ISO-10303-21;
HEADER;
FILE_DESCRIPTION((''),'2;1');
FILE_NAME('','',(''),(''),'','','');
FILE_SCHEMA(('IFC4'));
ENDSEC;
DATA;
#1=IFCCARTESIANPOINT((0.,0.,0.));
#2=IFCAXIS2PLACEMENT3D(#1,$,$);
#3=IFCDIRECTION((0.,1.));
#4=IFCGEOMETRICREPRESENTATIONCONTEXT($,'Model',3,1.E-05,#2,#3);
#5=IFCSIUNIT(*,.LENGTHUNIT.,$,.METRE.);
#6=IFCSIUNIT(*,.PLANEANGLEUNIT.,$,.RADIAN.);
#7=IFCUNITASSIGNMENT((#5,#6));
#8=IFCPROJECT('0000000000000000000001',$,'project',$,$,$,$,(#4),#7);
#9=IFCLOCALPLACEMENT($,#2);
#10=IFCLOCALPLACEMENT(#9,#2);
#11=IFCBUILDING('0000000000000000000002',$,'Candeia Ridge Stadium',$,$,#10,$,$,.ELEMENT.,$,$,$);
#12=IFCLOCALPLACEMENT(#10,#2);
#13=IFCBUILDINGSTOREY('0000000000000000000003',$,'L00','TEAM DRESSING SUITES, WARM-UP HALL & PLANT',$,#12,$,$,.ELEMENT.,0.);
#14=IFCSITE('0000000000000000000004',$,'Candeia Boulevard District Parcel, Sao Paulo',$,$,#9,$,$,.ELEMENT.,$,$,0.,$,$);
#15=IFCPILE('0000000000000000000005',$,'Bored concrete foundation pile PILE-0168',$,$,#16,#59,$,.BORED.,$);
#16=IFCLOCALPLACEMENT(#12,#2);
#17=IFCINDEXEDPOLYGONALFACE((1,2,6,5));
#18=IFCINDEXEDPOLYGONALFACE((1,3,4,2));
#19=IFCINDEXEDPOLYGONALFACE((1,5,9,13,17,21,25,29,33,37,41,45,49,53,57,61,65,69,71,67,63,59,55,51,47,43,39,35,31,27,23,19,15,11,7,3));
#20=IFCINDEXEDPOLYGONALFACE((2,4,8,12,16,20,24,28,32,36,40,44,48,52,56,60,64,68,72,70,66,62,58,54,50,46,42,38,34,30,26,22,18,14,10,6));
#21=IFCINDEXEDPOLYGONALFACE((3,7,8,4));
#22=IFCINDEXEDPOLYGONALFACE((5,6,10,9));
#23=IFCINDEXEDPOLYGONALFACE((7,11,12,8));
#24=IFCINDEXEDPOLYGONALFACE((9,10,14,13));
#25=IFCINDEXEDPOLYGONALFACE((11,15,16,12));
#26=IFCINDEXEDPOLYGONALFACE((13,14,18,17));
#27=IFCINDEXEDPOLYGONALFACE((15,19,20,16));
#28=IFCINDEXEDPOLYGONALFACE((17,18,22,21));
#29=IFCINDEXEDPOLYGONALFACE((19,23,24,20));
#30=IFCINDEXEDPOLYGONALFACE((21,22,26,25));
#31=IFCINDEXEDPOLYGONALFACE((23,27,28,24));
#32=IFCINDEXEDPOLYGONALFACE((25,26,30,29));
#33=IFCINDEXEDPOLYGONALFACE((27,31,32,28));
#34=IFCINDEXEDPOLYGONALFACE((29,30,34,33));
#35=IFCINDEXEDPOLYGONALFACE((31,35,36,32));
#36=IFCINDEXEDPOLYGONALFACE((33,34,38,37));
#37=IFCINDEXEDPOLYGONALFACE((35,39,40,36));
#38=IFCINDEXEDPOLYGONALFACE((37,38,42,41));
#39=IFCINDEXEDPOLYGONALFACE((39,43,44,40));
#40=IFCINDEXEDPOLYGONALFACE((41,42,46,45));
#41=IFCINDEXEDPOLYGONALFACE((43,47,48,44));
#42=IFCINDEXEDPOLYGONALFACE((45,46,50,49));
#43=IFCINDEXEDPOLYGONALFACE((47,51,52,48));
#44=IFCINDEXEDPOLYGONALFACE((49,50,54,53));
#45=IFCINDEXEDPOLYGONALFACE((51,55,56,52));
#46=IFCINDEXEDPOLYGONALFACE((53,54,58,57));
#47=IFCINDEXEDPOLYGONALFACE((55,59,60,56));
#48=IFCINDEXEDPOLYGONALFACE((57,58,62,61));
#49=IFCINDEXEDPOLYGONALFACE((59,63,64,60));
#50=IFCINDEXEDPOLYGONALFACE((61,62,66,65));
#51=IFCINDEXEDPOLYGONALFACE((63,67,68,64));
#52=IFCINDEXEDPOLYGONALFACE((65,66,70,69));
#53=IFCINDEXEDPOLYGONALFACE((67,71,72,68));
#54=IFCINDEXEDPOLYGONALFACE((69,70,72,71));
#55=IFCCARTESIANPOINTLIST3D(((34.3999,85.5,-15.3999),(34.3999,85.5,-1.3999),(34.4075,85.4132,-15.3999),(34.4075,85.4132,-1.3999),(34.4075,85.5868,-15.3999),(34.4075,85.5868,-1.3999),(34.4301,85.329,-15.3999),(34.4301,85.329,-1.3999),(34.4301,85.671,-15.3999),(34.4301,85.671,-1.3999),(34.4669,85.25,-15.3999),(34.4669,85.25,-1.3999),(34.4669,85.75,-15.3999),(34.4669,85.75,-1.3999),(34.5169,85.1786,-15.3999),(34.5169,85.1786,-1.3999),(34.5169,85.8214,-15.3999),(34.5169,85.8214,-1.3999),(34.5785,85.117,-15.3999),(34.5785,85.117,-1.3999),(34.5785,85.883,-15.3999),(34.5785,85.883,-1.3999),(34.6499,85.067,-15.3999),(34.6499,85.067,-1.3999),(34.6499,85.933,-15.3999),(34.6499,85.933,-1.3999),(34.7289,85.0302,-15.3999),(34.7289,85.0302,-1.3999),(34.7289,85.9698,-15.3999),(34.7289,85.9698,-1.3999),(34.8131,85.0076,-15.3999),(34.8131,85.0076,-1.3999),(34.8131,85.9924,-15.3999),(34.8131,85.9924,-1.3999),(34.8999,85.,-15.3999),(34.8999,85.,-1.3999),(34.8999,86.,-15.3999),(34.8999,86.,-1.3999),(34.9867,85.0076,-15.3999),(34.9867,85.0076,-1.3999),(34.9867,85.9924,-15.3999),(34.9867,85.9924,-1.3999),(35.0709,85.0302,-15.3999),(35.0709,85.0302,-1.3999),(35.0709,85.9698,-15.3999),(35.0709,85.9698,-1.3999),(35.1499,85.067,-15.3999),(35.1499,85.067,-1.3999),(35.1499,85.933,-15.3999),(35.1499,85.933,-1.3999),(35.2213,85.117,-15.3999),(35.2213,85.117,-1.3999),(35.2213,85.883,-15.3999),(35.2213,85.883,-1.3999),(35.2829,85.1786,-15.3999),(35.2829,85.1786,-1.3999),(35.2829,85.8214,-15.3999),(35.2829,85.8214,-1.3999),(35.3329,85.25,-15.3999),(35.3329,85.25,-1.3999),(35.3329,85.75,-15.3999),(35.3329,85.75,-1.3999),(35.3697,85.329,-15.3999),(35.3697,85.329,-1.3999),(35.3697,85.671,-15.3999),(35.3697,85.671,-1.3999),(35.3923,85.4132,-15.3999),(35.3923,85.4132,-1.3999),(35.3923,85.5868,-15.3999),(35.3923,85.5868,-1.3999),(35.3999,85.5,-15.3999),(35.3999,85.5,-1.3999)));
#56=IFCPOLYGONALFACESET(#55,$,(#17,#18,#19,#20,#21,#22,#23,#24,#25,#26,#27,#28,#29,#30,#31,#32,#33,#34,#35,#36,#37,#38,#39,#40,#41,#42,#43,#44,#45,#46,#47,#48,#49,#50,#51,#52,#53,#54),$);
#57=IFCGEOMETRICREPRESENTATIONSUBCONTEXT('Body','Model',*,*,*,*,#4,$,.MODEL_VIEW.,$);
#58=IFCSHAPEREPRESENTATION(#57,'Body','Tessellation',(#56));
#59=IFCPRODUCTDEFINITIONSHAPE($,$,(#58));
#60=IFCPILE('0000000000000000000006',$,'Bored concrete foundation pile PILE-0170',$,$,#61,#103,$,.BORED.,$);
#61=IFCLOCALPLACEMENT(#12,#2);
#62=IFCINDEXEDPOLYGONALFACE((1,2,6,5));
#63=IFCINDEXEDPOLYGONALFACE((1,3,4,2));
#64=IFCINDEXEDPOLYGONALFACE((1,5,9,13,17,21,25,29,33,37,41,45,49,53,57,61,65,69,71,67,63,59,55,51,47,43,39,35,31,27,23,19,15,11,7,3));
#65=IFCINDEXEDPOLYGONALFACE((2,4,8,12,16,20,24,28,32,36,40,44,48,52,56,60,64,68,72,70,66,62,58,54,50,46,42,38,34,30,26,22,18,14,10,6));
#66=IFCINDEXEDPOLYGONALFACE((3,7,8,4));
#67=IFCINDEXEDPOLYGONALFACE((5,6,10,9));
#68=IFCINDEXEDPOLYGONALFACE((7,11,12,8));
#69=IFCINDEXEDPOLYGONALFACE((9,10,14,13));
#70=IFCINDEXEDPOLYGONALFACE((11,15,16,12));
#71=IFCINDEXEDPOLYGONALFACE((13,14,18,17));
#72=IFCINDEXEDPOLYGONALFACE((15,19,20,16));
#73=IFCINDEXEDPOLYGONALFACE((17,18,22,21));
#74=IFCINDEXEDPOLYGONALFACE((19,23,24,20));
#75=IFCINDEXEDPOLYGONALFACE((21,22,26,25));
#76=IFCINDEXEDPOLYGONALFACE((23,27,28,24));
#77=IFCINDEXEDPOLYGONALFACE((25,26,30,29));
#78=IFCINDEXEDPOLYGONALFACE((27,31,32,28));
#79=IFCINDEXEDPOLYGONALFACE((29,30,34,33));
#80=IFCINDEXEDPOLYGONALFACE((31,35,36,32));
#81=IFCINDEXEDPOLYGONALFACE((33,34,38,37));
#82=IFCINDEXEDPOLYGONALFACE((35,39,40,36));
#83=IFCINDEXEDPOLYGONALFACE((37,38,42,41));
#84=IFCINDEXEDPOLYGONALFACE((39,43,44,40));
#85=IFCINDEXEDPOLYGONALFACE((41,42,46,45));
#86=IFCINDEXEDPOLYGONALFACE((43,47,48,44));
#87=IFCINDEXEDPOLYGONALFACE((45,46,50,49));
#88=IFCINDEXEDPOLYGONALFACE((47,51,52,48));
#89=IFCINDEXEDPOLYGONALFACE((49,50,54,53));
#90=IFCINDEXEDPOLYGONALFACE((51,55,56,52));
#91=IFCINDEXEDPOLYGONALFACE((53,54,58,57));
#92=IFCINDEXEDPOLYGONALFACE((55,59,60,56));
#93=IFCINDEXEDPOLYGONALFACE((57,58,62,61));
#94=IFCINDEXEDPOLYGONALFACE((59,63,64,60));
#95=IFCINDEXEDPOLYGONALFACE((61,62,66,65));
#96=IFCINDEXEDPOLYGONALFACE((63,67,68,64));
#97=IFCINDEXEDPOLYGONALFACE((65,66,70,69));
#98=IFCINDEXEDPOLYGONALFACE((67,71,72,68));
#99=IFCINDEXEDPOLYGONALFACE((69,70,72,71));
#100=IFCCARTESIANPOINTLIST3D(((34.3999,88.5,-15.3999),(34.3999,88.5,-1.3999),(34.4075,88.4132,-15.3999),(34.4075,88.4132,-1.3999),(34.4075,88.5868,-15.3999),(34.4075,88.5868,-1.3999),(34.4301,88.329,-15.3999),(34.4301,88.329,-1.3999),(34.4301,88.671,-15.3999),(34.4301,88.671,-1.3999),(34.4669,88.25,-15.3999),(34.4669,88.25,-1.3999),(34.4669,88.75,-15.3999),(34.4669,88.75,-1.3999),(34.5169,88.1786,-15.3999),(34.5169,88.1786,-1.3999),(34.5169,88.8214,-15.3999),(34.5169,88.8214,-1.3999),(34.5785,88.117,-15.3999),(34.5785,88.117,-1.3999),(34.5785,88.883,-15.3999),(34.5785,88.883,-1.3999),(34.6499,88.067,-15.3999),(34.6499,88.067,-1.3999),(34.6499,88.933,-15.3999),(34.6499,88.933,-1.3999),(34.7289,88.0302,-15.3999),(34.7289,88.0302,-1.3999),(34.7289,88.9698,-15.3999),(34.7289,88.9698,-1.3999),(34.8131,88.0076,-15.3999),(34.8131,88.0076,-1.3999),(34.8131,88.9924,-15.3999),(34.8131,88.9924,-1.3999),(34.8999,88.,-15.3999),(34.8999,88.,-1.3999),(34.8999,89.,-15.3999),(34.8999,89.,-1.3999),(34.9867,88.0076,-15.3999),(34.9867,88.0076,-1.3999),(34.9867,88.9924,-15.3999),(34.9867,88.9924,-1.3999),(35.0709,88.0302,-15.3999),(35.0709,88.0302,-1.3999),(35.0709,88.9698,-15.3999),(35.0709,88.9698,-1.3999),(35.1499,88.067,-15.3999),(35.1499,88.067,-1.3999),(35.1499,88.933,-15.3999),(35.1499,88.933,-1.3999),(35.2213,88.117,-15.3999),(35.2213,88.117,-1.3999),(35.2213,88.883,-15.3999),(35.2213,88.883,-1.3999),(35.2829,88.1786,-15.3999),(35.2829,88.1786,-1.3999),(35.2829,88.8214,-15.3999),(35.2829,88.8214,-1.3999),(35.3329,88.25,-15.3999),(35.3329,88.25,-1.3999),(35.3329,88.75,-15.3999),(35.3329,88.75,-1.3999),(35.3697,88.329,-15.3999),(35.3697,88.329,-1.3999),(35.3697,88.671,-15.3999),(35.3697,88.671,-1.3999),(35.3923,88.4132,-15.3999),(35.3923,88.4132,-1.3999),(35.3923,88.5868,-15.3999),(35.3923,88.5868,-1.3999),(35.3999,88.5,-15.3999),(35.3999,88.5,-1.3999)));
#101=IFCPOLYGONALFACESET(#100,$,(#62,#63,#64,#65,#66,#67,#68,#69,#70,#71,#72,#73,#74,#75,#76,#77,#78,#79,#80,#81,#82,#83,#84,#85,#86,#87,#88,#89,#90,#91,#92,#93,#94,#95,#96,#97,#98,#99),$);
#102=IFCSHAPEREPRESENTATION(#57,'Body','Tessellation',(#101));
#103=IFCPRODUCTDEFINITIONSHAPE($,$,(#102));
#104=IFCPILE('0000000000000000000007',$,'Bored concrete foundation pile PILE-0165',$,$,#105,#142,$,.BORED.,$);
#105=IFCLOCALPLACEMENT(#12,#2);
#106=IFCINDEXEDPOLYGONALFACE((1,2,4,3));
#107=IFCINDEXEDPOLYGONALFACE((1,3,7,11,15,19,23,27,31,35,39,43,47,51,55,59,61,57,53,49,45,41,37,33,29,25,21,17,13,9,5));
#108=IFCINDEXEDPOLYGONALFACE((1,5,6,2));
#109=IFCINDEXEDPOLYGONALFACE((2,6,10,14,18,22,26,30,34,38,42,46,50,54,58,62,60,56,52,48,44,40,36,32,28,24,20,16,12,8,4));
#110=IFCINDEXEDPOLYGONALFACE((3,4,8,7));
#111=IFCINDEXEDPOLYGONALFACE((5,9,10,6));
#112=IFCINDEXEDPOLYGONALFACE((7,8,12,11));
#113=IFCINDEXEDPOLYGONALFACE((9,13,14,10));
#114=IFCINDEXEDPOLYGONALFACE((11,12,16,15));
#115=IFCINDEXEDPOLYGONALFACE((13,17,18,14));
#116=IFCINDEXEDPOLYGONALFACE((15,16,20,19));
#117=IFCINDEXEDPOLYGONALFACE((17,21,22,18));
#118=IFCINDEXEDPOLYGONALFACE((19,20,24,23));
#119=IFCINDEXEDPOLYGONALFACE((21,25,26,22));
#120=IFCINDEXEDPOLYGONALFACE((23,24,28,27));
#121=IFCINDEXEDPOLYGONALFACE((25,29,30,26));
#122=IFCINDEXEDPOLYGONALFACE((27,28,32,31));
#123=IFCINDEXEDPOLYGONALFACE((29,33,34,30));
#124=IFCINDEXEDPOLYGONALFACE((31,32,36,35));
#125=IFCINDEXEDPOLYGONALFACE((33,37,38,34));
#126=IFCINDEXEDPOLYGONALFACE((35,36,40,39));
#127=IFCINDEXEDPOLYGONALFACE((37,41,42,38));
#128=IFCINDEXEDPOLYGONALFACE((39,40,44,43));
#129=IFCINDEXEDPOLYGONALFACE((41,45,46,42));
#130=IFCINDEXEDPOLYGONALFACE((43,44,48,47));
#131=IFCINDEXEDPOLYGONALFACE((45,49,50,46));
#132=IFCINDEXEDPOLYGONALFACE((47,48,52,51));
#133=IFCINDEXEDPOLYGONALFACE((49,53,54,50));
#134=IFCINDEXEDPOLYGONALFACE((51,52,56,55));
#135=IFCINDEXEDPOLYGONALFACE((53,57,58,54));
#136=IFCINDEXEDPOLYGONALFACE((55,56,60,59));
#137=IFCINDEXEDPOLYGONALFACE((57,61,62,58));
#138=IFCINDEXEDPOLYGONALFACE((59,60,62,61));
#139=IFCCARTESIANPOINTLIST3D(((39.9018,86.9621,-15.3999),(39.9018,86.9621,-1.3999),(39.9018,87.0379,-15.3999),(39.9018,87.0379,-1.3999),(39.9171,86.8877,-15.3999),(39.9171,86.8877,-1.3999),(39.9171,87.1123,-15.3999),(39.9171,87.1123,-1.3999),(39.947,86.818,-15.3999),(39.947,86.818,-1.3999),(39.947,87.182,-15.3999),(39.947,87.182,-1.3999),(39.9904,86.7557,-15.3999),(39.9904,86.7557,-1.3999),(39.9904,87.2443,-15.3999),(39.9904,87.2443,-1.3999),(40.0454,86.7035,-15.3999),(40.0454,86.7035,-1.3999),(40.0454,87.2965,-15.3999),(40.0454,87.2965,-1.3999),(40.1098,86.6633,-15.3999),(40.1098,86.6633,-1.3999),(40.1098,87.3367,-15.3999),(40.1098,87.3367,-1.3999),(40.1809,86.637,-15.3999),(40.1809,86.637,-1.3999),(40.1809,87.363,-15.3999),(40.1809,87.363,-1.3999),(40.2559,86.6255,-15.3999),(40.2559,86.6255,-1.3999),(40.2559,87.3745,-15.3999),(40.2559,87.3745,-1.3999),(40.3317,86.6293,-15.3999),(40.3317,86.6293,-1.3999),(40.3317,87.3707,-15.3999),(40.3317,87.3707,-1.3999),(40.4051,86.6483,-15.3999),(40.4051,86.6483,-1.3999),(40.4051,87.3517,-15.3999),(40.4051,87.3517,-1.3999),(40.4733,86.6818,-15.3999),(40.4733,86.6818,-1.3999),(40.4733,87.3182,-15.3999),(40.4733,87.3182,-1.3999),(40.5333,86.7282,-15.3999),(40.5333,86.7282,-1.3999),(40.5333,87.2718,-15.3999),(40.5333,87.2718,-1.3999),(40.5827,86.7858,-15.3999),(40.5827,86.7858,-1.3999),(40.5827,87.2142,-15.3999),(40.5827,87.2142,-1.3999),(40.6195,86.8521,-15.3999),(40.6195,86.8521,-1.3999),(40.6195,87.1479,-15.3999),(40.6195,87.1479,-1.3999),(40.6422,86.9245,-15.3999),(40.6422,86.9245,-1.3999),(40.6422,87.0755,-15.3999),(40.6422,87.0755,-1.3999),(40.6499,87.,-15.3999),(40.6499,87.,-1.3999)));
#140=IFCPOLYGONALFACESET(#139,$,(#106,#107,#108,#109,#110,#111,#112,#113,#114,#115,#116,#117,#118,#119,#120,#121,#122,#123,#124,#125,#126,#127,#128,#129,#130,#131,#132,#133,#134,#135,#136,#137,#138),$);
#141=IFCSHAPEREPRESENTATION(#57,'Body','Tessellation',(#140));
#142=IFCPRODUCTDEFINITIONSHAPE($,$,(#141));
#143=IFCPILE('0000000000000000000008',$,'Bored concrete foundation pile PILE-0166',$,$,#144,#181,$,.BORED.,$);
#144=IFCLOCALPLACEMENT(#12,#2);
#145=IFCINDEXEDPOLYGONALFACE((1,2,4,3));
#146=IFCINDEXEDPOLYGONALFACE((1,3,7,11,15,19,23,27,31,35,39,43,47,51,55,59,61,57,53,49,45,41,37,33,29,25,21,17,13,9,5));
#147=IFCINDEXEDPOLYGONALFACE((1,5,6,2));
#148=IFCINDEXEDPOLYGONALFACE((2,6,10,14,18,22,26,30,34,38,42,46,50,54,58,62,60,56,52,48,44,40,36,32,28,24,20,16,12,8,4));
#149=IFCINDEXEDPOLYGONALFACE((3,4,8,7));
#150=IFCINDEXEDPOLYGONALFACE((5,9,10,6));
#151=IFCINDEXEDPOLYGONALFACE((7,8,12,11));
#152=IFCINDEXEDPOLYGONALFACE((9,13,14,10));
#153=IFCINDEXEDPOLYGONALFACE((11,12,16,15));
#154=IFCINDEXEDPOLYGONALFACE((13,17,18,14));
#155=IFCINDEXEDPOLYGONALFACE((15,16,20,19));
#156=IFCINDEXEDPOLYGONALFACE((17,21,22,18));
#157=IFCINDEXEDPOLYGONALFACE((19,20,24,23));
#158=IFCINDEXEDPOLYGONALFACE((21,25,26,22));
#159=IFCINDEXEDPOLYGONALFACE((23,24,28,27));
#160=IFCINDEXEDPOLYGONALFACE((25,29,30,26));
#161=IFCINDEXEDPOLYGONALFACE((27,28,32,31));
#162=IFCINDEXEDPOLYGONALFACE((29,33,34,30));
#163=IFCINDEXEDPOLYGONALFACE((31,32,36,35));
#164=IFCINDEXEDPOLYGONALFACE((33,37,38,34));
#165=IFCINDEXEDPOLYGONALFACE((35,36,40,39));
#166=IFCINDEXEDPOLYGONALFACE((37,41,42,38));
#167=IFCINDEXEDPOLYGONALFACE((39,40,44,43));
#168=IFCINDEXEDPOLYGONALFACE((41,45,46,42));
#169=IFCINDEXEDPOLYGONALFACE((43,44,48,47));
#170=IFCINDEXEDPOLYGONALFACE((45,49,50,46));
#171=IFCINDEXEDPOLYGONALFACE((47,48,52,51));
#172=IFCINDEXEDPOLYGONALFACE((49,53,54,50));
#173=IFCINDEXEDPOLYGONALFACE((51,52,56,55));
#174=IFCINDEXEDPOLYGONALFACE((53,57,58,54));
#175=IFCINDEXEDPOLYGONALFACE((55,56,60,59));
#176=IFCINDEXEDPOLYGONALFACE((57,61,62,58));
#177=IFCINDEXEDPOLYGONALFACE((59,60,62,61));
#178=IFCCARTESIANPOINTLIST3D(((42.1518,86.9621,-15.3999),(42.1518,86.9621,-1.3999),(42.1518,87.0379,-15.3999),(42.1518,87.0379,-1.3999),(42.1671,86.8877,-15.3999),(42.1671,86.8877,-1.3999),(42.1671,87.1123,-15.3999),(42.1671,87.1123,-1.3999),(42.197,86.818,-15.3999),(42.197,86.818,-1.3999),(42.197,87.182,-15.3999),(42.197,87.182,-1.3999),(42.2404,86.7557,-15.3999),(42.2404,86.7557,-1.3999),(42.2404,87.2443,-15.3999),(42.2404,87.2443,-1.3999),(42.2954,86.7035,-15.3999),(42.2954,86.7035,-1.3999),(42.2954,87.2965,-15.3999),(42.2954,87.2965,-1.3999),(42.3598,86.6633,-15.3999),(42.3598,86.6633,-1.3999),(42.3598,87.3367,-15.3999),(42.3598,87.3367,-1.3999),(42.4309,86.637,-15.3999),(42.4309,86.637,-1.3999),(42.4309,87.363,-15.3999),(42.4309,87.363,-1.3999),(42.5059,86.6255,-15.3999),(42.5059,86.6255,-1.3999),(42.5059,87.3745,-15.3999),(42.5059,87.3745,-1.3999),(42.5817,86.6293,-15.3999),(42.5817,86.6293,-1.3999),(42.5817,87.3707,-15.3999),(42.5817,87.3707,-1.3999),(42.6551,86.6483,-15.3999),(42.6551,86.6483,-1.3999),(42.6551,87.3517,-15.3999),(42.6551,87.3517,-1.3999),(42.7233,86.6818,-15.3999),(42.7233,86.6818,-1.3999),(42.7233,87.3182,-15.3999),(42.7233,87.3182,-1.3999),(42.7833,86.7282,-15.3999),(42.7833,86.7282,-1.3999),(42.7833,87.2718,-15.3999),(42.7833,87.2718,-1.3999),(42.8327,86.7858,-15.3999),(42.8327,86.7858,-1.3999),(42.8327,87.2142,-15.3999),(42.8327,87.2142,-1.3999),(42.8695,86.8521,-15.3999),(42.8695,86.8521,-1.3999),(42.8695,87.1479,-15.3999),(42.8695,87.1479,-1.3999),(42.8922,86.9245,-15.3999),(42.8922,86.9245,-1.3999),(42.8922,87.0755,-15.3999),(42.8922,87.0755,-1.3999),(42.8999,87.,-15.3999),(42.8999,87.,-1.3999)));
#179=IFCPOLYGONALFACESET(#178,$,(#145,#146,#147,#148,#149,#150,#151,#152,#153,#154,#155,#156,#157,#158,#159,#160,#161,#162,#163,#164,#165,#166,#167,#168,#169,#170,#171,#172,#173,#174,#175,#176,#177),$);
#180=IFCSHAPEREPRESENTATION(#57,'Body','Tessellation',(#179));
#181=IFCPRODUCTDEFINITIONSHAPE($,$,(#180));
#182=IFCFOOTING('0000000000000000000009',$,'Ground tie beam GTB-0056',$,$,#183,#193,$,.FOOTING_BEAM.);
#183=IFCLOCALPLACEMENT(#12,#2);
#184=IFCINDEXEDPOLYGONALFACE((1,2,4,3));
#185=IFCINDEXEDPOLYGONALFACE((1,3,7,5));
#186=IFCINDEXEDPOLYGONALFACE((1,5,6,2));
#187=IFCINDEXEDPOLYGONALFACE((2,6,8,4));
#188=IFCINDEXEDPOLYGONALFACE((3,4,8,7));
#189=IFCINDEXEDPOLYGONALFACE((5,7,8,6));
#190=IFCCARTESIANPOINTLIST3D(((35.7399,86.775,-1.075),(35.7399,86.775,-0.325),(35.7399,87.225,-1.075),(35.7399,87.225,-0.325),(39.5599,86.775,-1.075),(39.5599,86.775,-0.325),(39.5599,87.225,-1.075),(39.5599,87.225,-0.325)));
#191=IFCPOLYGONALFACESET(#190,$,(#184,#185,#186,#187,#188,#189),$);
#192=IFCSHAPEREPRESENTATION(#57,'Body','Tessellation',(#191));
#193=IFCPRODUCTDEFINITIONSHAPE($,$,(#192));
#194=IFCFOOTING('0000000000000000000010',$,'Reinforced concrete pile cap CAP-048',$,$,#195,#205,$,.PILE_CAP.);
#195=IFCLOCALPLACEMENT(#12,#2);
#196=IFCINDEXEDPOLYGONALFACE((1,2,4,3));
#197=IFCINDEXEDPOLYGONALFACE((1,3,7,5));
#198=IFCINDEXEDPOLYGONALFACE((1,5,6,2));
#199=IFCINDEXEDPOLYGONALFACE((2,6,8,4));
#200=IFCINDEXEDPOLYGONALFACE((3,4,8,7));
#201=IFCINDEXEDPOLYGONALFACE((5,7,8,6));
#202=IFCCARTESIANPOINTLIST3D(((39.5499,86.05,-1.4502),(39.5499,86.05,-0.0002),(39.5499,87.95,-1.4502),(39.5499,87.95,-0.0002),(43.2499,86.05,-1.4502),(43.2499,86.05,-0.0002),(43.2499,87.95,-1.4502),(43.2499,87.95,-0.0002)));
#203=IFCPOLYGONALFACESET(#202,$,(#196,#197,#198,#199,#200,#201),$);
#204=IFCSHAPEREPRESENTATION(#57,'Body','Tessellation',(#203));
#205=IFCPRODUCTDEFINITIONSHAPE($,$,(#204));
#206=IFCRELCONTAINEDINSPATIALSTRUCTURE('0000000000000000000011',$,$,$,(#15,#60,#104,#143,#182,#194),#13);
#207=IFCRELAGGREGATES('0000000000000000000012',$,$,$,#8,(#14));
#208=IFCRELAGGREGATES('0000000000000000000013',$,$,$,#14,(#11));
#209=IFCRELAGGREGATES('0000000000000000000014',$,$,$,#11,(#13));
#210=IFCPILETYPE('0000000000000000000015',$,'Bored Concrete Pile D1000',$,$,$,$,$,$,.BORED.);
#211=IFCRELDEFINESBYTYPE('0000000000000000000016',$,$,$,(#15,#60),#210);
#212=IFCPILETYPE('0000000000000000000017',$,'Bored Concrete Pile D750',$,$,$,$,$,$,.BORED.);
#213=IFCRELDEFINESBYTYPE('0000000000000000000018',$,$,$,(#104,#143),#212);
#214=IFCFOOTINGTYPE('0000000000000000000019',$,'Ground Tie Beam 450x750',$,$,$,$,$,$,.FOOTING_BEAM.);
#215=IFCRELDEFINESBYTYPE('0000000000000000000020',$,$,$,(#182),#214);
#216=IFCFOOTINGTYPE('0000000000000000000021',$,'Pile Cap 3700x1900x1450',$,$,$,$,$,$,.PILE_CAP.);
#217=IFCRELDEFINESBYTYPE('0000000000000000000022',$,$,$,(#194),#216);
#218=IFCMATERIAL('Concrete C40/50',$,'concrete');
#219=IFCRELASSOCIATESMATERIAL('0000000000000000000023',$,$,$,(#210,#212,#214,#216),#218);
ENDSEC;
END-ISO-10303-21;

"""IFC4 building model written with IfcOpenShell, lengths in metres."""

from ifc_helpers import new_model, si_unit, direction, frame, origin, origin_2d, place, context, subcontext, project, spatial, rectangle, circle, extrude, material, material_profile, profile_set, type_object, element, save


model = new_model("IFC4")

# Units and contexts
model_context = context("Model", 3, precision=1e-05, world=origin(), true_north=direction((0.0, 1.0)))
body_context = subcontext(model_context, "Body", "Model", "MODEL_VIEW")
ifc_project = project(units=[si_unit("LENGTHUNIT", "METRE"), si_unit("PLANEANGLEUNIT", "RADIAN")], contexts=[model_context])

# Site, building, storey
site_placement = place(None, origin())
site = spatial("IfcSite", under=ifc_project, at=site_placement, Name="Candeia Boulevard District Parcel, Sao Paulo", CompositionType="ELEMENT", RefElevation=0.0)
building_placement = place(site_placement, origin())
building = spatial("IfcBuilding", under=site, at=building_placement, Name="Candeia Ridge Stadium", CompositionType="ELEMENT")
storey_placement = place(building_placement, origin())
storey = spatial("IfcBuildingStorey", under=building, at=storey_placement, Name="L00", Description="TEAM DRESSING SUITES, WARM-UP HALL & PLANT", CompositionType="ELEMENT", Elevation=0.0)

# Piles
ifc_material_1 = material(Name="Concrete C40/50", Category="concrete")
ifc_material_profile_1 = material_profile(ifc_material_1, circle(Radius=0.5, at=origin_2d()), Name="PILE-D1000", Category="concrete")
ifc_profile_set_1 = profile_set([ifc_material_profile_1], Name="Concrete C40/50")
pile_type_1 = type_object("IfcPileType", Name="Bored Concrete Pile D1000", PredefinedType="BORED", material=ifc_profile_set_1)
for number, where, z_axis, x_axis, name in (
    (1, (34.8999, 85.5, -1.3999), (0.0, 0.0, -1.0), (1.0, 0.0, 0.0), "Bored concrete foundation pile PILE-0168"),
    (2, (34.8999, 88.5, -1.3999), (0.0, 0.0, -1.0), (1.0, 0.0, 0.0), "Bored concrete foundation pile PILE-0170"),
):
    element("IfcPile", number, at=place(storey_placement, frame(where, z_axis=z_axis, x_axis=x_axis)), inside=storey, type_object=pile_type_1, Name=name, PredefinedType="BORED", context=body_context, shape_type="SweptSolid", body=[
        extrude(circle(Radius=0.5, at=origin_2d()), origin(), (0.0, 0.0, 1.0), 14.0),
    ])
ifc_material_profile_2 = material_profile(ifc_material_1, circle(Radius=0.375, at=origin_2d()), Name="PILE-D750", Category="concrete")
ifc_profile_set_2 = profile_set([ifc_material_profile_2], Name="Concrete C40/50")
pile_type_2 = type_object("IfcPileType", Name="Bored Concrete Pile D750", PredefinedType="BORED", material=ifc_profile_set_2)
for number, where, z_axis, x_axis, name in (
    (3, (40.2749, 87.0, -1.3999), (0.0, 0.0, -1.0), (1.0, 0.0, 0.0), "Bored concrete foundation pile PILE-0165"),
    (4, (42.5249, 87.0, -1.3999), (0.0, 0.0, -1.0), (1.0, 0.0, 0.0), "Bored concrete foundation pile PILE-0166"),
):
    element("IfcPile", number, at=place(storey_placement, frame(where, z_axis=z_axis, x_axis=x_axis)), inside=storey, type_object=pile_type_2, Name=name, PredefinedType="BORED", context=body_context, shape_type="SweptSolid", body=[
        extrude(circle(Radius=0.375, at=origin_2d()), origin(), (0.0, 0.0, 1.0), 14.0),
    ])

# Footings
footing_type_1 = type_object("IfcFootingType", Name="Ground Tie Beam 450x750", PredefinedType="FOOTING_BEAM", material=ifc_material_1)
footing_1_placement = place(storey_placement, frame((37.6499, 87.0, -1.075), z_axis=(0.0, 0.0, 1.0), x_axis=(-1.0, 0.0, 0.0)))
element("IfcFooting", 5, at=footing_1_placement, inside=storey, type_object=footing_type_1, Name="Ground tie beam GTB-0056", PredefinedType="FOOTING_BEAM", context=body_context, shape_type="SweptSolid", body=[
    extrude(rectangle(XDim=3.8201, YDim=0.45, at=origin_2d()), origin(), (0.0, 0.0, 1.0), 0.75),
])
footing_type_2 = type_object("IfcFootingType", Name="Pile Cap 3700x1900x1450", PredefinedType="PILE_CAP", material=ifc_material_1)
footing_2_placement = place(storey_placement, frame((41.3999, 87.0, -1.4502), z_axis=(0.0, 0.0, 1.0), x_axis=(1.0, 0.0, 0.0)))
element("IfcFooting", 6, at=footing_2_placement, inside=storey, type_object=footing_type_2, Name="Reinforced concrete pile cap CAP-048", PredefinedType="PILE_CAP", context=body_context, shape_type="SweptSolid", body=[
    extrude(rectangle(XDim=3.7, YDim=1.8999, at=origin_2d()), origin(), (0.0, 0.0, 1.0), 1.45),
])

save(model, "model.ifc")
